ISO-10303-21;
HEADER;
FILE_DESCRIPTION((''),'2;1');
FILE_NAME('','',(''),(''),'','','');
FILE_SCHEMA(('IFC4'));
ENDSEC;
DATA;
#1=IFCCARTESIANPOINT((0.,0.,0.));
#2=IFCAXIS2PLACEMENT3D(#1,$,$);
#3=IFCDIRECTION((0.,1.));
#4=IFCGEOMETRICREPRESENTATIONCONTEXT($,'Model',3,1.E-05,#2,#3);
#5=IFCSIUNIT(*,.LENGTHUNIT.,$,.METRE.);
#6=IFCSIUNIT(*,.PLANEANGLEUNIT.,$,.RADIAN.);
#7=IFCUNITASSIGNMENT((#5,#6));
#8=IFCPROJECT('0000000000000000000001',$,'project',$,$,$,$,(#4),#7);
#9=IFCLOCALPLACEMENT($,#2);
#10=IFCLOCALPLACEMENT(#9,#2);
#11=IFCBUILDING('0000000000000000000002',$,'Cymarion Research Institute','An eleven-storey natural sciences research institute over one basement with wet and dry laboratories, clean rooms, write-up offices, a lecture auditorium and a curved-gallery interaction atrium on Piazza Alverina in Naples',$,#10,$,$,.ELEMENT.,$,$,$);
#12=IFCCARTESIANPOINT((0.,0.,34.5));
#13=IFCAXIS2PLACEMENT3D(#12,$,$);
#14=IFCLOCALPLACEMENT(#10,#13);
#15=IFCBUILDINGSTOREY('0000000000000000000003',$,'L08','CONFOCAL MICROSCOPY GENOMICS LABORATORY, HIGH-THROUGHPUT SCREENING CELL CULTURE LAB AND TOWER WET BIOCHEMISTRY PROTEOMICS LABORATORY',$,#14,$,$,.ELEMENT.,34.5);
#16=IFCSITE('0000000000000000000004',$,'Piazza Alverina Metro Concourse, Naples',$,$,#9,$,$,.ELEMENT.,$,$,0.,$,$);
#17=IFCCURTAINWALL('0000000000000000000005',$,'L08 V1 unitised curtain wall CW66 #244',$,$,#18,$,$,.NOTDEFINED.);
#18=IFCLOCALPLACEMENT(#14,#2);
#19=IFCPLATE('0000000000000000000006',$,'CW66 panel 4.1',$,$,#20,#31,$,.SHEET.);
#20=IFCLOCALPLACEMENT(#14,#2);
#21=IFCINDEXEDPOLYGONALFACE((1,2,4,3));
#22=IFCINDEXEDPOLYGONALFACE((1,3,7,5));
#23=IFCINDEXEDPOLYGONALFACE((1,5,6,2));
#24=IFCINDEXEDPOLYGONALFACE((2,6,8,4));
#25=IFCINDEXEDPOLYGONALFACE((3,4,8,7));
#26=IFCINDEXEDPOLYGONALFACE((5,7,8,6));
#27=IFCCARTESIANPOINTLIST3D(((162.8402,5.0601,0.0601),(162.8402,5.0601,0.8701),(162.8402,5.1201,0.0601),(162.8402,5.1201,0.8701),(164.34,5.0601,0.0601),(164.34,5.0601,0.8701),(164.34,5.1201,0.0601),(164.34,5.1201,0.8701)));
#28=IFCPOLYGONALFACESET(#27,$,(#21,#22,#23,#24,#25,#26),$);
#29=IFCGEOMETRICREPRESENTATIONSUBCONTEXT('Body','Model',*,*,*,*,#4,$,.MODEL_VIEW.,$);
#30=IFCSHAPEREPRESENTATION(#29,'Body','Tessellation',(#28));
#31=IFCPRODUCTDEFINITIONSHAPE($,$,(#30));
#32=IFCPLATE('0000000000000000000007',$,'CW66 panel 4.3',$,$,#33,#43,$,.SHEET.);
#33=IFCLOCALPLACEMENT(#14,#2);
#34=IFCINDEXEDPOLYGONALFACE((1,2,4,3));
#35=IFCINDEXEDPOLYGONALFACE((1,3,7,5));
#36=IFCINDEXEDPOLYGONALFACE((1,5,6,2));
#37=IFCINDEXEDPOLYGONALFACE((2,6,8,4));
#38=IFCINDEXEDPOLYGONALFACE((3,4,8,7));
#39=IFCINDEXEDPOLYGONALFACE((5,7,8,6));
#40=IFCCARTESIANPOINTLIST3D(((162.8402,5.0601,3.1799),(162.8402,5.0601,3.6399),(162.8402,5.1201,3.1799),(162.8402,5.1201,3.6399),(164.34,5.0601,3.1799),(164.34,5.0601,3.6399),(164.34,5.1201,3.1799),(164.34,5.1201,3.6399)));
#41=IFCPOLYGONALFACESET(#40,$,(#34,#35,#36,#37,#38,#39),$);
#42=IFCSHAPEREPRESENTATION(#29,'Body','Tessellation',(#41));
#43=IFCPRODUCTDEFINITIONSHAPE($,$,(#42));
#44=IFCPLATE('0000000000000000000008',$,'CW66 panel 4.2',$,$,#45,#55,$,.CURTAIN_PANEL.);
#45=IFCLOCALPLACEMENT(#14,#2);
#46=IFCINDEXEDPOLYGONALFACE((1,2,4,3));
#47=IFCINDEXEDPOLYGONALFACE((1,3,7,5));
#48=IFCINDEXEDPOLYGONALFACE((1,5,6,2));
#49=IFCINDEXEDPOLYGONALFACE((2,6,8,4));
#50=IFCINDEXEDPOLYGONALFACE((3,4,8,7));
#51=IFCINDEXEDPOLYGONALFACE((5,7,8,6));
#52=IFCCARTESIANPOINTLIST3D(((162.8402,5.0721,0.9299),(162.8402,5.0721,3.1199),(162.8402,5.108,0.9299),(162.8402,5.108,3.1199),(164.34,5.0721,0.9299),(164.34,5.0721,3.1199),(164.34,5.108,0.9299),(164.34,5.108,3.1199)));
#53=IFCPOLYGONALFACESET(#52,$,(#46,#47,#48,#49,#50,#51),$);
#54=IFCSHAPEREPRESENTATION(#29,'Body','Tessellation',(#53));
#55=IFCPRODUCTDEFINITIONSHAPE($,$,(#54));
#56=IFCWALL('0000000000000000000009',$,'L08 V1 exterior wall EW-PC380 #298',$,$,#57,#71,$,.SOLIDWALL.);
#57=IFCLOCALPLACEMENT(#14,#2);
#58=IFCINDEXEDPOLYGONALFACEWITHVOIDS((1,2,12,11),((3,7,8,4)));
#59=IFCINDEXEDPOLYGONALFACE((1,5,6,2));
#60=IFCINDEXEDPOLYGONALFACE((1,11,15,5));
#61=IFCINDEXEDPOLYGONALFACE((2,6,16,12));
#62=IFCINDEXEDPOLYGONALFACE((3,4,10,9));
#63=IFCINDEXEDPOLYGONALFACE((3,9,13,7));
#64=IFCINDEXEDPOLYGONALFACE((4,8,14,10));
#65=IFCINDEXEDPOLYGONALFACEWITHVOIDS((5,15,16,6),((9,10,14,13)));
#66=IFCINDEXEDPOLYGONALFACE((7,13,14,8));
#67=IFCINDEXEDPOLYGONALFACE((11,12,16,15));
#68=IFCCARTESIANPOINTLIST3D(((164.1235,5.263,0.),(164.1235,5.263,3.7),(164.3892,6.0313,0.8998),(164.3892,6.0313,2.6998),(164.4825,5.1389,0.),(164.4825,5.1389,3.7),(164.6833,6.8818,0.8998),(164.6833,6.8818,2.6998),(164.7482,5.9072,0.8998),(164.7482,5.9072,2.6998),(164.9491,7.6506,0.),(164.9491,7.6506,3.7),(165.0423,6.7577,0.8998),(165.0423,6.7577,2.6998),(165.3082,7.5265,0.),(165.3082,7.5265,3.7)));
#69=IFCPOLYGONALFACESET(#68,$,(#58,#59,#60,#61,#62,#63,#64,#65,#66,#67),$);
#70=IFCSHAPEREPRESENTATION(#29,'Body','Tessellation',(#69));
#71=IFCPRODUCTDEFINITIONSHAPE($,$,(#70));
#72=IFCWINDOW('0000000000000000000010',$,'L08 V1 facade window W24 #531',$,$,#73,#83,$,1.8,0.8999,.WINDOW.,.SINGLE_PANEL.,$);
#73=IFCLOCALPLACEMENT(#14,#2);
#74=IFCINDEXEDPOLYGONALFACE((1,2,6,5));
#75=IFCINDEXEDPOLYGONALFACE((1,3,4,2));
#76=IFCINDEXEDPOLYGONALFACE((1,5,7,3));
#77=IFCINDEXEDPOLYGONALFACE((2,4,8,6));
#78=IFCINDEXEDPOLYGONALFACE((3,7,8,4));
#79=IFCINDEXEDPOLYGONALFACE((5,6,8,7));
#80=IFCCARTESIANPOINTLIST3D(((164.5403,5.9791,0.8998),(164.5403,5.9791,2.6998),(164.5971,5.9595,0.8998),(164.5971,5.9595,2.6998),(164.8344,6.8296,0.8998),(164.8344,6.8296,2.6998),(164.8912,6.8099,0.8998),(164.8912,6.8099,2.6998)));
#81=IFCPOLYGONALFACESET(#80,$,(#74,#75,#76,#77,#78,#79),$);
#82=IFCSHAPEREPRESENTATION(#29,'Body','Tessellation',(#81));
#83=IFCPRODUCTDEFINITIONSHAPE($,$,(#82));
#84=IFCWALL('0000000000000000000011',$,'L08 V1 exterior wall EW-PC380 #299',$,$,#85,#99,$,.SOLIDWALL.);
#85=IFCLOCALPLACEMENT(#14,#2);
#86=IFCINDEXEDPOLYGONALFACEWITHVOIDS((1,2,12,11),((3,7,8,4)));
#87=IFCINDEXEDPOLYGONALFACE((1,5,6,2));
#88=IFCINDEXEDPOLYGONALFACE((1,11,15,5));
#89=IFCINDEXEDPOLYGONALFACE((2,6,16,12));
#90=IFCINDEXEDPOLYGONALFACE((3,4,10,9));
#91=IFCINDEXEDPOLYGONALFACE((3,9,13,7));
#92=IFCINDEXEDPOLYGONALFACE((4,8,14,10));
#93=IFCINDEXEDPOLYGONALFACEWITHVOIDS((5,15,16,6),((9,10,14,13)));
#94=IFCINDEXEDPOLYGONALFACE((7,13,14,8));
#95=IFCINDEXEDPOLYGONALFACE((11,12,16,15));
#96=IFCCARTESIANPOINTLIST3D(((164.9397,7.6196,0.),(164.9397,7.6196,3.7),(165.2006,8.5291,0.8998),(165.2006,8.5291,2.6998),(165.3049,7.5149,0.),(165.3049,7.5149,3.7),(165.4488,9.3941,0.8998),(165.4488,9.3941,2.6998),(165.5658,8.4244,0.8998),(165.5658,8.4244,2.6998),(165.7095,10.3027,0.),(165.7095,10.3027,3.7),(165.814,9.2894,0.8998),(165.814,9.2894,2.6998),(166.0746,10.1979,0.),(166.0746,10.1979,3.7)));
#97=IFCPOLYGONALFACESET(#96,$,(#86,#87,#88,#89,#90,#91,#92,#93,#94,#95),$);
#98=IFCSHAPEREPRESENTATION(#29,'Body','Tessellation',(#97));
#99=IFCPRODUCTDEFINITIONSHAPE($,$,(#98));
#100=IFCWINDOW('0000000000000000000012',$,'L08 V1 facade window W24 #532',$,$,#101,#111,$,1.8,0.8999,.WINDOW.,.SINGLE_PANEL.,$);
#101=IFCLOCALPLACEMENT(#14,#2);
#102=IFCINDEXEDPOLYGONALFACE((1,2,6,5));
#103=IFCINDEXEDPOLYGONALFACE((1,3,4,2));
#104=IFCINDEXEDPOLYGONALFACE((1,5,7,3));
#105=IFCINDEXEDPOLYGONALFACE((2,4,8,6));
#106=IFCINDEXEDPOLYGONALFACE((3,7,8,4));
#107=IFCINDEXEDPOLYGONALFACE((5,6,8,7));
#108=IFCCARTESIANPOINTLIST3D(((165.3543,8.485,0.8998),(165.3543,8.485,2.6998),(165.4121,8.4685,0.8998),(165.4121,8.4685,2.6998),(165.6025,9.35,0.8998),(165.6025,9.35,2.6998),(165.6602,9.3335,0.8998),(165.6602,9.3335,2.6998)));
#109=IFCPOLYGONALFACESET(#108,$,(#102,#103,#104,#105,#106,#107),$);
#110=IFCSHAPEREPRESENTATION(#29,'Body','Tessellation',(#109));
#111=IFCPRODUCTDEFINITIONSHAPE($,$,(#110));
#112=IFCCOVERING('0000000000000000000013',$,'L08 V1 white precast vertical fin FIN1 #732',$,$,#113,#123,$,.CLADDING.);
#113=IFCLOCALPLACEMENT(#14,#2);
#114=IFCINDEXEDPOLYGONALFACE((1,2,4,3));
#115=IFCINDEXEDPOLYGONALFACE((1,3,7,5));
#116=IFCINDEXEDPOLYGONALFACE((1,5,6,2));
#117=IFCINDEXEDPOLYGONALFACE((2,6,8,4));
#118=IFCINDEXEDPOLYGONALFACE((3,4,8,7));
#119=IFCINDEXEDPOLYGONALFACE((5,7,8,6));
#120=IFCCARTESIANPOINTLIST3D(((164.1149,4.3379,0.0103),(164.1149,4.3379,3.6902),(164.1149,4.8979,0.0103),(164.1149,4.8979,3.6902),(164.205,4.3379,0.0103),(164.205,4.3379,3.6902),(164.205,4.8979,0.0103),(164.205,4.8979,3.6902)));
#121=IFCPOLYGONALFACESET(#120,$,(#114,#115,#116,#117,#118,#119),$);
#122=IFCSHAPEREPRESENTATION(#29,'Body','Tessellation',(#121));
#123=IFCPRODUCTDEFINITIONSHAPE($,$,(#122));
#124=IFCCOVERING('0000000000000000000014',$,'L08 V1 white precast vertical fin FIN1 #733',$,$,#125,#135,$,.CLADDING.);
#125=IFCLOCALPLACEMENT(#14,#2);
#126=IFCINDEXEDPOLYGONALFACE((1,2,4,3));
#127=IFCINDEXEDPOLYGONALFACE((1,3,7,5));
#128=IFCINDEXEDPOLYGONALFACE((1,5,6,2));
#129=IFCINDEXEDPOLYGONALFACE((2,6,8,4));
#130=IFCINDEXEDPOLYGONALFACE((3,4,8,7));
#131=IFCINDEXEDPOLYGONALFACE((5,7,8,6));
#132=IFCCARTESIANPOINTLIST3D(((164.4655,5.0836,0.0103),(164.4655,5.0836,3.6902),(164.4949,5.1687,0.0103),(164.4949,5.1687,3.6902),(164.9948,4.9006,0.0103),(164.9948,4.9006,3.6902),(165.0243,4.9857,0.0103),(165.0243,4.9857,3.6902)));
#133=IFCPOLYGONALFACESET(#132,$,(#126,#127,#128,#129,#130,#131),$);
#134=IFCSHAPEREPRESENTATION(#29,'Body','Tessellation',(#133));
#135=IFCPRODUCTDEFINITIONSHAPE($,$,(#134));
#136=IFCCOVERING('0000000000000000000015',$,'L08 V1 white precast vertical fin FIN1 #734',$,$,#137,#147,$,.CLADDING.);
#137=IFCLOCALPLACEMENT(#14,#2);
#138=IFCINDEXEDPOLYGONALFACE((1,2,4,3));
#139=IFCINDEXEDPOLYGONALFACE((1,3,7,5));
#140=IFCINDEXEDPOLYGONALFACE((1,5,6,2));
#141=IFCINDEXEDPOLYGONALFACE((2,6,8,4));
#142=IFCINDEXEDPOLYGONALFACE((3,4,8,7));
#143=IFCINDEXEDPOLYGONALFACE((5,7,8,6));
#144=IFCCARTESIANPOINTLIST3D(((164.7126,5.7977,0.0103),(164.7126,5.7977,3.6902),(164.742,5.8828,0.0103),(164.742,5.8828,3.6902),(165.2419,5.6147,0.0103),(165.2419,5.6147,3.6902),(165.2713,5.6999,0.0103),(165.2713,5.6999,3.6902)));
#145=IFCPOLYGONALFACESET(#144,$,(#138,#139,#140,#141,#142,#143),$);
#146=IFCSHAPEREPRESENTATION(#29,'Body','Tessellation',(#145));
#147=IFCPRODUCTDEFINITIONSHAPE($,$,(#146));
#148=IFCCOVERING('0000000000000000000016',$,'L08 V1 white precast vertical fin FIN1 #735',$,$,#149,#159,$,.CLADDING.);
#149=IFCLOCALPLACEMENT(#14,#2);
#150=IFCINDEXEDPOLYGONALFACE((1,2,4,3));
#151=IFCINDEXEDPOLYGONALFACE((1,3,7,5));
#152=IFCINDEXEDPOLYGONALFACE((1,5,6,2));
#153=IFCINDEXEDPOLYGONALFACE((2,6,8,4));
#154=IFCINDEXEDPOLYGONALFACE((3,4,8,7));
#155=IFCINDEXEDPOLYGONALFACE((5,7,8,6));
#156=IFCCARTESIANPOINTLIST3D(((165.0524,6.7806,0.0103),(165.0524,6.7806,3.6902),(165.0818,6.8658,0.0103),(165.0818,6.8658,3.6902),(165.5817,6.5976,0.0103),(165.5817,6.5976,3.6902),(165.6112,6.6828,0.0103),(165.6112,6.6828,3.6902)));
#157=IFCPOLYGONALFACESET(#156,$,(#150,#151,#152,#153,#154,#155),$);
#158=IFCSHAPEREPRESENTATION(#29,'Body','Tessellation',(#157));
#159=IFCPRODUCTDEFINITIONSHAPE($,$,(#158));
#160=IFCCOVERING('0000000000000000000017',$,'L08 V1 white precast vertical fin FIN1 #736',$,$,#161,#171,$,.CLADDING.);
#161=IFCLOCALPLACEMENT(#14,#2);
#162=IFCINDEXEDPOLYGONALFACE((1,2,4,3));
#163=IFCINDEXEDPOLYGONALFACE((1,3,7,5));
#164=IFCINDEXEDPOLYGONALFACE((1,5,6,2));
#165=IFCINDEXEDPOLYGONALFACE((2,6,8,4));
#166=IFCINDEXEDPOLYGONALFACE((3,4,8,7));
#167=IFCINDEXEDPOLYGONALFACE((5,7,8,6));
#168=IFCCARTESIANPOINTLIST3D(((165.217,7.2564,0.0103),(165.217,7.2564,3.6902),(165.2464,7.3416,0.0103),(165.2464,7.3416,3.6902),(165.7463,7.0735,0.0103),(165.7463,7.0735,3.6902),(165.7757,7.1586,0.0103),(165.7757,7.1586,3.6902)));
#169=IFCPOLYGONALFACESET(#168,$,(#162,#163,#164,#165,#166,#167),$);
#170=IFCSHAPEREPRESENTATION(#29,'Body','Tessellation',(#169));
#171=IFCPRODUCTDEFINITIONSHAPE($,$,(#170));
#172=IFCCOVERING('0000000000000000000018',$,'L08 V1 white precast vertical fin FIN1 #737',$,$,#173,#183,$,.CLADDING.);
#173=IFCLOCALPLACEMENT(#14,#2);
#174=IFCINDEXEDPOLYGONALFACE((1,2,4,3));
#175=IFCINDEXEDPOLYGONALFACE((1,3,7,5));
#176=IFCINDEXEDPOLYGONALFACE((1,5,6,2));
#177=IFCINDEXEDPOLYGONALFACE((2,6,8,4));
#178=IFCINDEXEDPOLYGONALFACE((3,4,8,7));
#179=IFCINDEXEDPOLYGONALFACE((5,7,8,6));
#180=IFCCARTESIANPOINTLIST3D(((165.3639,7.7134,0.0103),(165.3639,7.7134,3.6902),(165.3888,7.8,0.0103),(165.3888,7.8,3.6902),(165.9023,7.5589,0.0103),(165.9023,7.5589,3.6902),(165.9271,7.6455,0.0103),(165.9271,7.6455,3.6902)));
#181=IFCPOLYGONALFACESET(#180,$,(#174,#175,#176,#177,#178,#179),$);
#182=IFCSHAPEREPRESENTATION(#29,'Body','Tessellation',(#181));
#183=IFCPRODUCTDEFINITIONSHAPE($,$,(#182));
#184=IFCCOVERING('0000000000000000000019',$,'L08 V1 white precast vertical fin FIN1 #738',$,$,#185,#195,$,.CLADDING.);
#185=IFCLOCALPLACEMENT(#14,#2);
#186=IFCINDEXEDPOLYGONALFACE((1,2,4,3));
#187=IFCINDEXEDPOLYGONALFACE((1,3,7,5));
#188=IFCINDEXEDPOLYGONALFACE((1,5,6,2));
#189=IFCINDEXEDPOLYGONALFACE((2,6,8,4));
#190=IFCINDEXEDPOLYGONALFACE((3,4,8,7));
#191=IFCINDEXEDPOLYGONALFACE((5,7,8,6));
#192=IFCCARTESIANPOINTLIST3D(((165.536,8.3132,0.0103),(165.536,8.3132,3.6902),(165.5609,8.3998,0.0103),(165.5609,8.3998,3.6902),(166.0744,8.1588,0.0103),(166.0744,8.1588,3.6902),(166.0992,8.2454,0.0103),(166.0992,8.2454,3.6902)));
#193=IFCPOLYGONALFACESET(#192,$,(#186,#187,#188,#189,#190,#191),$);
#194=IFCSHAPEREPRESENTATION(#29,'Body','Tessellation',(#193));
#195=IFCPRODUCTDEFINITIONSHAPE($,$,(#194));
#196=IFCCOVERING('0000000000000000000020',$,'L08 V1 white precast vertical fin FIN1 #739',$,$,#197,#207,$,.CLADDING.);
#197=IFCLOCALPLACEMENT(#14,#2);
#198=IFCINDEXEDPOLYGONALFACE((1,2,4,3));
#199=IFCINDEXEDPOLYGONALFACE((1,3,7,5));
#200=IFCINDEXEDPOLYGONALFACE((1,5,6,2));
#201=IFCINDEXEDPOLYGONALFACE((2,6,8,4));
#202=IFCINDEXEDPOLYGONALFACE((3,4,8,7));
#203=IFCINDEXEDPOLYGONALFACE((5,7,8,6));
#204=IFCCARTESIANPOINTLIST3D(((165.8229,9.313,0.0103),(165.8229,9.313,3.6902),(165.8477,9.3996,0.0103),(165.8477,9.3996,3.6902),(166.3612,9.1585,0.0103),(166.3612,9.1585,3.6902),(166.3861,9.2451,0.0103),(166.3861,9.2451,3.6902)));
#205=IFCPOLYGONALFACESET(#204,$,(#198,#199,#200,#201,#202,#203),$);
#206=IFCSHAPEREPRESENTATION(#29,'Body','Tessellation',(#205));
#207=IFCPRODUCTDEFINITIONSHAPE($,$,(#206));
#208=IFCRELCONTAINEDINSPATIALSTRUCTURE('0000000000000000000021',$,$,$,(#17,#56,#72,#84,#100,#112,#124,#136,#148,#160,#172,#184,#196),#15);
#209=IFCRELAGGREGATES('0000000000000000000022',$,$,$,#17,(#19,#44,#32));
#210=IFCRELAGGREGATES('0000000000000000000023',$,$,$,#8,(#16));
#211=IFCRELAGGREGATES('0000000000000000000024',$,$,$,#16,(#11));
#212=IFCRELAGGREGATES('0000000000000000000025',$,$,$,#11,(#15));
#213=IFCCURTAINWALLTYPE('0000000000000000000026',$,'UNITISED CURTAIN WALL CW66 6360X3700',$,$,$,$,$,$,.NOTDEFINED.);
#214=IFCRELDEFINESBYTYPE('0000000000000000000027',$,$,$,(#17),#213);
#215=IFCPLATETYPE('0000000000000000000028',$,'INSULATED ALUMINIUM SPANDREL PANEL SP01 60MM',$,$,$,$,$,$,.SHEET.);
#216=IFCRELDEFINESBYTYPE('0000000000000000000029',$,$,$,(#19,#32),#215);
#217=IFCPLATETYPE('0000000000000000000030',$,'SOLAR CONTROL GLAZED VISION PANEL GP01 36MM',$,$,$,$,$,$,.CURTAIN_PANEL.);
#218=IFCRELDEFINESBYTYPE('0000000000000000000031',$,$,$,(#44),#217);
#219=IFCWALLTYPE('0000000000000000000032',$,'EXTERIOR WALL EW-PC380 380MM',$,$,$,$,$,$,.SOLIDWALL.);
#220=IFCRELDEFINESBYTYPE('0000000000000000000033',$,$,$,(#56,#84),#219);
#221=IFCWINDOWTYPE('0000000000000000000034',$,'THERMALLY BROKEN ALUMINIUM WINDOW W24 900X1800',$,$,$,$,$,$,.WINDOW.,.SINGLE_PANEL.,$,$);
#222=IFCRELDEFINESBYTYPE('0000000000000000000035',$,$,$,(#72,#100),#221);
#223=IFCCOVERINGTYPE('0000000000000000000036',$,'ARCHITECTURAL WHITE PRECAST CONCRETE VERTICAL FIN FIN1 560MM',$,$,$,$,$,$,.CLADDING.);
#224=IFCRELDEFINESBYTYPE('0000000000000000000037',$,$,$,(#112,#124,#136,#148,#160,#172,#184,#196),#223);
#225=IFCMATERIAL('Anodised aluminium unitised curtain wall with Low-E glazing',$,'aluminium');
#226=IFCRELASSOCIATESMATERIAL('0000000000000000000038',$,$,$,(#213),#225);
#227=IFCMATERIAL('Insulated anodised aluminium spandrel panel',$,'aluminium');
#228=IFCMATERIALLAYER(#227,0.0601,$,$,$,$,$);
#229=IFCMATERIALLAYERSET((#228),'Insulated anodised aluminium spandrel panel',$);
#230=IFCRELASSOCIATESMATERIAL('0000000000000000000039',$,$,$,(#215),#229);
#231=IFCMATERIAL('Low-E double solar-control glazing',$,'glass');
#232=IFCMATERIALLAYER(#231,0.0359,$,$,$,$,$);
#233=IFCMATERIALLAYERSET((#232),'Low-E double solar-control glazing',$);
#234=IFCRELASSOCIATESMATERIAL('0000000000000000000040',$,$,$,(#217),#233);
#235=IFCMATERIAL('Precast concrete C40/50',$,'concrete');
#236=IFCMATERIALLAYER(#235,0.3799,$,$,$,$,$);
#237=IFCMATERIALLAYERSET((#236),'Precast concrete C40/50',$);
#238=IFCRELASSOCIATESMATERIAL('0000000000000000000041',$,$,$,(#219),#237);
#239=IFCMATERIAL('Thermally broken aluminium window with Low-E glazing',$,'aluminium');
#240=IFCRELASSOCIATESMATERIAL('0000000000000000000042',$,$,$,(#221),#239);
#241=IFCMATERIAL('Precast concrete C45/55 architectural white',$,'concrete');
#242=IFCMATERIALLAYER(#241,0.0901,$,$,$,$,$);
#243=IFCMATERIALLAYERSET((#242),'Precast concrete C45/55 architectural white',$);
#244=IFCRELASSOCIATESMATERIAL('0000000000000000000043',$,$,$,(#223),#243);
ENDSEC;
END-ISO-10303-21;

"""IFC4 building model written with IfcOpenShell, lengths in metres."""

from ifc_helpers import new_model, si_unit, direction, frame, frame_2d, origin, origin_2d, place, context, subcontext, project, spatial, rectangle, extrude, material, layer, layer_set, type_object, element, fill, aggregate, save


model = new_model("IFC4")

# Units and contexts
model_context = context("Model", 3, precision=1e-05, world=origin(), true_north=direction((0.0, 1.0)))
body_context = subcontext(model_context, "Body", "Model", "MODEL_VIEW")
ifc_project = project(units=[si_unit("LENGTHUNIT", "METRE"), si_unit("PLANEANGLEUNIT", "RADIAN")], contexts=[model_context])

# Site, building, storey
site_placement = place(None, origin())
site = spatial("IfcSite", under=ifc_project, at=site_placement, Name="Piazza Alverina Metro Concourse, Naples", CompositionType="ELEMENT", RefElevation=0.0)
building_placement = place(site_placement, origin())
building = spatial("IfcBuilding", under=site, at=building_placement, Name="Cymarion Research Institute", Description="An eleven-storey natural sciences research institute over one basement with wet and dry laboratories, clean rooms, write-up offices, a lecture auditorium and a curved-gallery interaction atrium on Piazza Alverina in Naples", CompositionType="ELEMENT")
storey_placement = place(building_placement, frame((0.0, 0.0, 34.5)))
storey = spatial("IfcBuildingStorey", under=building, at=storey_placement, Name="L08", Description="CONFOCAL MICROSCOPY GENOMICS LABORATORY, HIGH-THROUGHPUT SCREENING CELL CULTURE LAB AND TOWER WET BIOCHEMISTRY PROTEOMICS LABORATORY", CompositionType="ELEMENT", Elevation=34.5)

# Curtain wall
ifc_material_1 = material(Name="Anodised aluminium unitised curtain wall with Low-E glazing", Category="aluminium")
curtain_wall_type = type_object("IfcCurtainWallType", Name="UNITISED CURTAIN WALL CW66 6360X3700", PredefinedType="NOTDEFINED", material=ifc_material_1)
curtain_wall_placement = place(storey_placement, origin())
curtain_wall = element("IfcCurtainWall", 1, at=curtain_wall_placement, inside=storey, type_object=curtain_wall_type, Name="L08 V1 unitised curtain wall CW66 #244", PredefinedType="NOTDEFINED")

# Plates
ifc_material_2 = material(Name="Insulated anodised aluminium spandrel panel", Category="aluminium")
ifc_layer_1 = layer(ifc_material_2, 0.0601)
ifc_layer_set_1 = layer_set([ifc_layer_1], Name="Insulated anodised aluminium spandrel panel")
plate_type_1 = type_object("IfcPlateType", Name="INSULATED ALUMINIUM SPANDREL PANEL SP01 60MM", PredefinedType="SHEET", material=ifc_layer_set_1)
plate_1_placement = place(storey_placement, frame((163.5901, 5.0901, 0.0601), z_axis=(0.0, 0.0, 1.0), x_axis=(1.0, 0.0, 0.0)))
plate_1 = element("IfcPlate", 2, at=plate_1_placement, type_object=plate_type_1, Name="CW66 panel 4.1", PredefinedType="SHEET", context=body_context, shape_type="SweptSolid", body=[
    extrude(rectangle(XDim=1.4998, YDim=0.0601, at=origin_2d()), origin(), (0.0, 0.0, 1.0), 0.8101),
])
plate_2_placement = place(storey_placement, frame((163.5901, 5.0901, 3.1799), z_axis=(0.0, 0.0, 1.0), x_axis=(1.0, 0.0, 0.0)))
plate_2 = element("IfcPlate", 3, at=plate_2_placement, type_object=plate_type_1, Name="CW66 panel 4.3", PredefinedType="SHEET", context=body_context, shape_type="SweptSolid", body=[
    extrude(rectangle(XDim=1.4998, YDim=0.0601, at=origin_2d()), origin(), (0.0, 0.0, 1.0), 0.46),
])
ifc_material_3 = material(Name="Low-E double solar-control glazing", Category="glass")
ifc_layer_2 = layer(ifc_material_3, 0.0359)
ifc_layer_set_2 = layer_set([ifc_layer_2], Name="Low-E double solar-control glazing")
plate_type_2 = type_object("IfcPlateType", Name="SOLAR CONTROL GLAZED VISION PANEL GP01 36MM", PredefinedType="CURTAIN_PANEL", material=ifc_layer_set_2)
plate_3_placement = place(storey_placement, frame((163.5901, 5.0901, 0.9299), z_axis=(0.0, 0.0, 1.0), x_axis=(1.0, 0.0, 0.0)))
plate_3 = element("IfcPlate", 4, at=plate_3_placement, type_object=plate_type_2, Name="CW66 panel 4.2", PredefinedType="CURTAIN_PANEL", context=body_context, shape_type="SweptSolid", body=[
    extrude(rectangle(XDim=1.4998, YDim=0.0359, at=origin_2d()), origin(), (0.0, 0.0, 1.0), 2.1899),
])
aggregate(curtain_wall, [plate_1, plate_3, plate_2])

# Walls, openings, windows
ifc_material_4 = material(Name="Precast concrete C40/50", Category="concrete")
ifc_layer_3 = layer(ifc_material_4, 0.3799)
ifc_layer_set_3 = layer_set([ifc_layer_3], Name="Precast concrete C40/50")
wall_type = type_object("IfcWallType", Name="EXTERIOR WALL EW-PC380 380MM", PredefinedType="SOLIDWALL", material=ifc_layer_set_3)
wall_1_placement = place(storey_placement, frame((164.303, 5.2009, 0.0), z_axis=(0.0, 0.0, 1.0), x_axis=(0.326818, 0.945087, 0.0)))
wall_1 = element("IfcWall", 5, at=wall_1_placement, inside=storey, type_object=wall_type, Name="L08 V1 exterior wall EW-PC380 #298", PredefinedType="SOLIDWALL", context=body_context, shape_type="SweptSolid", body=[
    extrude(rectangle(XDim=2.5264, YDim=0.3799, at=frame_2d((1.2632, 0.0))), origin(), (0.0, 0.0, 1.0), 3.7),
])
opening_1_placement = place(wall_1_placement, frame((0.813, 0.0, 0.8999)))
opening_1 = element("IfcOpeningElement", 6, at=opening_1_placement, cuts=wall_1, PredefinedType="OPENING", context=body_context, shape_type="SweptSolid", body=[
    extrude(rectangle(XDim=0.8999, YDim=1.8, at=frame_2d((0.45, 0.8999))), frame((0.0, 0.2, 0.0), z_axis=(0.0, -1.0, 0.0), x_axis=(1.0, 0.0, 0.0)), (0.0, 0.0, 1.0), 0.3999),
])
ifc_material_5 = material(Name="Thermally broken aluminium window with Low-E glazing", Category="aluminium")
window_type = type_object("IfcWindowType", Name="THERMALLY BROKEN ALUMINIUM WINDOW W24 900X1800", PartitioningType="SINGLE_PANEL", PredefinedType="WINDOW", material=ifc_material_5)
window_1_placement = place(opening_1_placement, origin())
window_1 = element("IfcWindow", 7, at=window_1_placement, inside=storey, type_object=window_type, Name="L08 V1 facade window W24 #531", OverallHeight=1.8, OverallWidth=0.8999, PartitioningType="SINGLE_PANEL", PredefinedType="WINDOW", context=body_context, shape_type="SweptSolid", body=[
    extrude(rectangle(XDim=0.8999, YDim=1.8, at=frame_2d((0.45, 0.8999))), frame((0.0, 0.03, 0.0), z_axis=(0.0, -1.0, 0.0), x_axis=(1.0, 0.0, 0.0)), (0.0, 0.0, 1.0), 0.0601),
])
fill(opening_1, window_1)
wall_2_placement = place(storey_placement, frame((165.1223, 7.5674, 0.0), z_axis=(0.0, 0.0, 1.0), x_axis=(0.275772, 0.961223, 0.0)))
wall_2 = element("IfcWall", 8, at=wall_2_placement, inside=storey, type_object=wall_type, Name="L08 V1 exterior wall EW-PC380 #299", PredefinedType="SOLIDWALL", context=body_context, shape_type="SweptSolid", body=[
    extrude(rectangle(XDim=2.7913, YDim=0.3799, at=frame_2d((1.3955, 0.0))), origin(), (0.0, 0.0, 1.0), 3.7),
])
opening_2_placement = place(wall_2_placement, frame((0.946, 0.0, 0.8999)))
opening_2 = element("IfcOpeningElement", 9, at=opening_2_placement, cuts=wall_2, PredefinedType="OPENING", context=body_context, shape_type="SweptSolid", body=[
    extrude(rectangle(XDim=0.8999, YDim=1.8, at=frame_2d((0.45, 0.8999))), frame((0.0, 0.2, 0.0), z_axis=(0.0, -1.0, 0.0), x_axis=(1.0, 0.0, 0.0)), (0.0, 0.0, 1.0), 0.3999),
])
window_2_placement = place(opening_2_placement, origin())
window_2 = element("IfcWindow", 10, at=window_2_placement, inside=storey, type_object=window_type, Name="L08 V1 facade window W24 #532", OverallHeight=1.8, OverallWidth=0.8999, PartitioningType="SINGLE_PANEL", PredefinedType="WINDOW", context=body_context, shape_type="SweptSolid", body=[
    extrude(rectangle(XDim=0.8999, YDim=1.8, at=frame_2d((0.45, 0.8999))), frame((0.0, 0.03, 0.0), z_axis=(0.0, -1.0, 0.0), x_axis=(1.0, 0.0, 0.0)), (0.0, 0.0, 1.0), 0.0601),
])
fill(opening_2, window_2)

# Coverings
ifc_material_6 = material(Name="Precast concrete C45/55 architectural white", Category="concrete")
ifc_layer_4 = layer(ifc_material_6, 0.0901)
ifc_layer_set_4 = layer_set([ifc_layer_4], Name="Precast concrete C45/55 architectural white")
covering_type = type_object("IfcCoveringType", Name="ARCHITECTURAL WHITE PRECAST CONCRETE VERTICAL FIN FIN1 560MM", PredefinedType="CLADDING", material=ifc_layer_set_4)
for number, where, z_axis, x_axis, name in (
    (11, (164.1599, 4.6179, 0.0103), (0.0, 0.0, 1.0), (0.0, -1.0, 0.0), "L08 V1 white precast vertical fin FIN1 #732"),
    (12, (164.7449, 5.0347, 0.0103), (0.0, 0.0, 1.0), (0.94512, -0.326723, 0.0), "L08 V1 white precast vertical fin FIN1 #733"),
    (13, (164.9919, 5.7488, 0.0103), (0.0, 0.0, 1.0), (0.94512, -0.326723, 0.0), "L08 V1 white precast vertical fin FIN1 #734"),
    (14, (165.3318, 6.7317, 0.0103), (0.0, 0.0, 1.0), (0.94512, -0.326723, 0.0), "L08 V1 white precast vertical fin FIN1 #735"),
    (15, (165.4963, 7.2075, 0.0103), (0.0, 0.0, 1.0), (0.94512, -0.326723, 0.0), "L08 V1 white precast vertical fin FIN1 #736"),
    (16, (165.6455, 7.6794, 0.0103), (0.0, 0.0, 1.0), (0.961214, -0.275805, 0.0), "L08 V1 white precast vertical fin FIN1 #737"),
    (17, (165.8176, 8.2793, 0.0103), (0.0, 0.0, 1.0), (0.961214, -0.275805, 0.0), "L08 V1 white precast vertical fin FIN1 #738"),
    (18, (166.1045, 9.2791, 0.0103), (0.0, 0.0, 1.0), (0.961214, -0.275805, 0.0), "L08 V1 white precast vertical fin FIN1 #739"),
):
    element("IfcCovering", number, at=place(storey_placement, frame(where, z_axis=z_axis, x_axis=x_axis)), inside=storey, type_object=covering_type, Name=name, PredefinedType="CLADDING", context=body_context, shape_type="SweptSolid", body=[
        extrude(rectangle(XDim=0.5601, YDim=0.0901, at=origin_2d()), origin(), (0.0, 0.0, 1.0), 3.6799),
    ])

save(model, "model.ifc")
